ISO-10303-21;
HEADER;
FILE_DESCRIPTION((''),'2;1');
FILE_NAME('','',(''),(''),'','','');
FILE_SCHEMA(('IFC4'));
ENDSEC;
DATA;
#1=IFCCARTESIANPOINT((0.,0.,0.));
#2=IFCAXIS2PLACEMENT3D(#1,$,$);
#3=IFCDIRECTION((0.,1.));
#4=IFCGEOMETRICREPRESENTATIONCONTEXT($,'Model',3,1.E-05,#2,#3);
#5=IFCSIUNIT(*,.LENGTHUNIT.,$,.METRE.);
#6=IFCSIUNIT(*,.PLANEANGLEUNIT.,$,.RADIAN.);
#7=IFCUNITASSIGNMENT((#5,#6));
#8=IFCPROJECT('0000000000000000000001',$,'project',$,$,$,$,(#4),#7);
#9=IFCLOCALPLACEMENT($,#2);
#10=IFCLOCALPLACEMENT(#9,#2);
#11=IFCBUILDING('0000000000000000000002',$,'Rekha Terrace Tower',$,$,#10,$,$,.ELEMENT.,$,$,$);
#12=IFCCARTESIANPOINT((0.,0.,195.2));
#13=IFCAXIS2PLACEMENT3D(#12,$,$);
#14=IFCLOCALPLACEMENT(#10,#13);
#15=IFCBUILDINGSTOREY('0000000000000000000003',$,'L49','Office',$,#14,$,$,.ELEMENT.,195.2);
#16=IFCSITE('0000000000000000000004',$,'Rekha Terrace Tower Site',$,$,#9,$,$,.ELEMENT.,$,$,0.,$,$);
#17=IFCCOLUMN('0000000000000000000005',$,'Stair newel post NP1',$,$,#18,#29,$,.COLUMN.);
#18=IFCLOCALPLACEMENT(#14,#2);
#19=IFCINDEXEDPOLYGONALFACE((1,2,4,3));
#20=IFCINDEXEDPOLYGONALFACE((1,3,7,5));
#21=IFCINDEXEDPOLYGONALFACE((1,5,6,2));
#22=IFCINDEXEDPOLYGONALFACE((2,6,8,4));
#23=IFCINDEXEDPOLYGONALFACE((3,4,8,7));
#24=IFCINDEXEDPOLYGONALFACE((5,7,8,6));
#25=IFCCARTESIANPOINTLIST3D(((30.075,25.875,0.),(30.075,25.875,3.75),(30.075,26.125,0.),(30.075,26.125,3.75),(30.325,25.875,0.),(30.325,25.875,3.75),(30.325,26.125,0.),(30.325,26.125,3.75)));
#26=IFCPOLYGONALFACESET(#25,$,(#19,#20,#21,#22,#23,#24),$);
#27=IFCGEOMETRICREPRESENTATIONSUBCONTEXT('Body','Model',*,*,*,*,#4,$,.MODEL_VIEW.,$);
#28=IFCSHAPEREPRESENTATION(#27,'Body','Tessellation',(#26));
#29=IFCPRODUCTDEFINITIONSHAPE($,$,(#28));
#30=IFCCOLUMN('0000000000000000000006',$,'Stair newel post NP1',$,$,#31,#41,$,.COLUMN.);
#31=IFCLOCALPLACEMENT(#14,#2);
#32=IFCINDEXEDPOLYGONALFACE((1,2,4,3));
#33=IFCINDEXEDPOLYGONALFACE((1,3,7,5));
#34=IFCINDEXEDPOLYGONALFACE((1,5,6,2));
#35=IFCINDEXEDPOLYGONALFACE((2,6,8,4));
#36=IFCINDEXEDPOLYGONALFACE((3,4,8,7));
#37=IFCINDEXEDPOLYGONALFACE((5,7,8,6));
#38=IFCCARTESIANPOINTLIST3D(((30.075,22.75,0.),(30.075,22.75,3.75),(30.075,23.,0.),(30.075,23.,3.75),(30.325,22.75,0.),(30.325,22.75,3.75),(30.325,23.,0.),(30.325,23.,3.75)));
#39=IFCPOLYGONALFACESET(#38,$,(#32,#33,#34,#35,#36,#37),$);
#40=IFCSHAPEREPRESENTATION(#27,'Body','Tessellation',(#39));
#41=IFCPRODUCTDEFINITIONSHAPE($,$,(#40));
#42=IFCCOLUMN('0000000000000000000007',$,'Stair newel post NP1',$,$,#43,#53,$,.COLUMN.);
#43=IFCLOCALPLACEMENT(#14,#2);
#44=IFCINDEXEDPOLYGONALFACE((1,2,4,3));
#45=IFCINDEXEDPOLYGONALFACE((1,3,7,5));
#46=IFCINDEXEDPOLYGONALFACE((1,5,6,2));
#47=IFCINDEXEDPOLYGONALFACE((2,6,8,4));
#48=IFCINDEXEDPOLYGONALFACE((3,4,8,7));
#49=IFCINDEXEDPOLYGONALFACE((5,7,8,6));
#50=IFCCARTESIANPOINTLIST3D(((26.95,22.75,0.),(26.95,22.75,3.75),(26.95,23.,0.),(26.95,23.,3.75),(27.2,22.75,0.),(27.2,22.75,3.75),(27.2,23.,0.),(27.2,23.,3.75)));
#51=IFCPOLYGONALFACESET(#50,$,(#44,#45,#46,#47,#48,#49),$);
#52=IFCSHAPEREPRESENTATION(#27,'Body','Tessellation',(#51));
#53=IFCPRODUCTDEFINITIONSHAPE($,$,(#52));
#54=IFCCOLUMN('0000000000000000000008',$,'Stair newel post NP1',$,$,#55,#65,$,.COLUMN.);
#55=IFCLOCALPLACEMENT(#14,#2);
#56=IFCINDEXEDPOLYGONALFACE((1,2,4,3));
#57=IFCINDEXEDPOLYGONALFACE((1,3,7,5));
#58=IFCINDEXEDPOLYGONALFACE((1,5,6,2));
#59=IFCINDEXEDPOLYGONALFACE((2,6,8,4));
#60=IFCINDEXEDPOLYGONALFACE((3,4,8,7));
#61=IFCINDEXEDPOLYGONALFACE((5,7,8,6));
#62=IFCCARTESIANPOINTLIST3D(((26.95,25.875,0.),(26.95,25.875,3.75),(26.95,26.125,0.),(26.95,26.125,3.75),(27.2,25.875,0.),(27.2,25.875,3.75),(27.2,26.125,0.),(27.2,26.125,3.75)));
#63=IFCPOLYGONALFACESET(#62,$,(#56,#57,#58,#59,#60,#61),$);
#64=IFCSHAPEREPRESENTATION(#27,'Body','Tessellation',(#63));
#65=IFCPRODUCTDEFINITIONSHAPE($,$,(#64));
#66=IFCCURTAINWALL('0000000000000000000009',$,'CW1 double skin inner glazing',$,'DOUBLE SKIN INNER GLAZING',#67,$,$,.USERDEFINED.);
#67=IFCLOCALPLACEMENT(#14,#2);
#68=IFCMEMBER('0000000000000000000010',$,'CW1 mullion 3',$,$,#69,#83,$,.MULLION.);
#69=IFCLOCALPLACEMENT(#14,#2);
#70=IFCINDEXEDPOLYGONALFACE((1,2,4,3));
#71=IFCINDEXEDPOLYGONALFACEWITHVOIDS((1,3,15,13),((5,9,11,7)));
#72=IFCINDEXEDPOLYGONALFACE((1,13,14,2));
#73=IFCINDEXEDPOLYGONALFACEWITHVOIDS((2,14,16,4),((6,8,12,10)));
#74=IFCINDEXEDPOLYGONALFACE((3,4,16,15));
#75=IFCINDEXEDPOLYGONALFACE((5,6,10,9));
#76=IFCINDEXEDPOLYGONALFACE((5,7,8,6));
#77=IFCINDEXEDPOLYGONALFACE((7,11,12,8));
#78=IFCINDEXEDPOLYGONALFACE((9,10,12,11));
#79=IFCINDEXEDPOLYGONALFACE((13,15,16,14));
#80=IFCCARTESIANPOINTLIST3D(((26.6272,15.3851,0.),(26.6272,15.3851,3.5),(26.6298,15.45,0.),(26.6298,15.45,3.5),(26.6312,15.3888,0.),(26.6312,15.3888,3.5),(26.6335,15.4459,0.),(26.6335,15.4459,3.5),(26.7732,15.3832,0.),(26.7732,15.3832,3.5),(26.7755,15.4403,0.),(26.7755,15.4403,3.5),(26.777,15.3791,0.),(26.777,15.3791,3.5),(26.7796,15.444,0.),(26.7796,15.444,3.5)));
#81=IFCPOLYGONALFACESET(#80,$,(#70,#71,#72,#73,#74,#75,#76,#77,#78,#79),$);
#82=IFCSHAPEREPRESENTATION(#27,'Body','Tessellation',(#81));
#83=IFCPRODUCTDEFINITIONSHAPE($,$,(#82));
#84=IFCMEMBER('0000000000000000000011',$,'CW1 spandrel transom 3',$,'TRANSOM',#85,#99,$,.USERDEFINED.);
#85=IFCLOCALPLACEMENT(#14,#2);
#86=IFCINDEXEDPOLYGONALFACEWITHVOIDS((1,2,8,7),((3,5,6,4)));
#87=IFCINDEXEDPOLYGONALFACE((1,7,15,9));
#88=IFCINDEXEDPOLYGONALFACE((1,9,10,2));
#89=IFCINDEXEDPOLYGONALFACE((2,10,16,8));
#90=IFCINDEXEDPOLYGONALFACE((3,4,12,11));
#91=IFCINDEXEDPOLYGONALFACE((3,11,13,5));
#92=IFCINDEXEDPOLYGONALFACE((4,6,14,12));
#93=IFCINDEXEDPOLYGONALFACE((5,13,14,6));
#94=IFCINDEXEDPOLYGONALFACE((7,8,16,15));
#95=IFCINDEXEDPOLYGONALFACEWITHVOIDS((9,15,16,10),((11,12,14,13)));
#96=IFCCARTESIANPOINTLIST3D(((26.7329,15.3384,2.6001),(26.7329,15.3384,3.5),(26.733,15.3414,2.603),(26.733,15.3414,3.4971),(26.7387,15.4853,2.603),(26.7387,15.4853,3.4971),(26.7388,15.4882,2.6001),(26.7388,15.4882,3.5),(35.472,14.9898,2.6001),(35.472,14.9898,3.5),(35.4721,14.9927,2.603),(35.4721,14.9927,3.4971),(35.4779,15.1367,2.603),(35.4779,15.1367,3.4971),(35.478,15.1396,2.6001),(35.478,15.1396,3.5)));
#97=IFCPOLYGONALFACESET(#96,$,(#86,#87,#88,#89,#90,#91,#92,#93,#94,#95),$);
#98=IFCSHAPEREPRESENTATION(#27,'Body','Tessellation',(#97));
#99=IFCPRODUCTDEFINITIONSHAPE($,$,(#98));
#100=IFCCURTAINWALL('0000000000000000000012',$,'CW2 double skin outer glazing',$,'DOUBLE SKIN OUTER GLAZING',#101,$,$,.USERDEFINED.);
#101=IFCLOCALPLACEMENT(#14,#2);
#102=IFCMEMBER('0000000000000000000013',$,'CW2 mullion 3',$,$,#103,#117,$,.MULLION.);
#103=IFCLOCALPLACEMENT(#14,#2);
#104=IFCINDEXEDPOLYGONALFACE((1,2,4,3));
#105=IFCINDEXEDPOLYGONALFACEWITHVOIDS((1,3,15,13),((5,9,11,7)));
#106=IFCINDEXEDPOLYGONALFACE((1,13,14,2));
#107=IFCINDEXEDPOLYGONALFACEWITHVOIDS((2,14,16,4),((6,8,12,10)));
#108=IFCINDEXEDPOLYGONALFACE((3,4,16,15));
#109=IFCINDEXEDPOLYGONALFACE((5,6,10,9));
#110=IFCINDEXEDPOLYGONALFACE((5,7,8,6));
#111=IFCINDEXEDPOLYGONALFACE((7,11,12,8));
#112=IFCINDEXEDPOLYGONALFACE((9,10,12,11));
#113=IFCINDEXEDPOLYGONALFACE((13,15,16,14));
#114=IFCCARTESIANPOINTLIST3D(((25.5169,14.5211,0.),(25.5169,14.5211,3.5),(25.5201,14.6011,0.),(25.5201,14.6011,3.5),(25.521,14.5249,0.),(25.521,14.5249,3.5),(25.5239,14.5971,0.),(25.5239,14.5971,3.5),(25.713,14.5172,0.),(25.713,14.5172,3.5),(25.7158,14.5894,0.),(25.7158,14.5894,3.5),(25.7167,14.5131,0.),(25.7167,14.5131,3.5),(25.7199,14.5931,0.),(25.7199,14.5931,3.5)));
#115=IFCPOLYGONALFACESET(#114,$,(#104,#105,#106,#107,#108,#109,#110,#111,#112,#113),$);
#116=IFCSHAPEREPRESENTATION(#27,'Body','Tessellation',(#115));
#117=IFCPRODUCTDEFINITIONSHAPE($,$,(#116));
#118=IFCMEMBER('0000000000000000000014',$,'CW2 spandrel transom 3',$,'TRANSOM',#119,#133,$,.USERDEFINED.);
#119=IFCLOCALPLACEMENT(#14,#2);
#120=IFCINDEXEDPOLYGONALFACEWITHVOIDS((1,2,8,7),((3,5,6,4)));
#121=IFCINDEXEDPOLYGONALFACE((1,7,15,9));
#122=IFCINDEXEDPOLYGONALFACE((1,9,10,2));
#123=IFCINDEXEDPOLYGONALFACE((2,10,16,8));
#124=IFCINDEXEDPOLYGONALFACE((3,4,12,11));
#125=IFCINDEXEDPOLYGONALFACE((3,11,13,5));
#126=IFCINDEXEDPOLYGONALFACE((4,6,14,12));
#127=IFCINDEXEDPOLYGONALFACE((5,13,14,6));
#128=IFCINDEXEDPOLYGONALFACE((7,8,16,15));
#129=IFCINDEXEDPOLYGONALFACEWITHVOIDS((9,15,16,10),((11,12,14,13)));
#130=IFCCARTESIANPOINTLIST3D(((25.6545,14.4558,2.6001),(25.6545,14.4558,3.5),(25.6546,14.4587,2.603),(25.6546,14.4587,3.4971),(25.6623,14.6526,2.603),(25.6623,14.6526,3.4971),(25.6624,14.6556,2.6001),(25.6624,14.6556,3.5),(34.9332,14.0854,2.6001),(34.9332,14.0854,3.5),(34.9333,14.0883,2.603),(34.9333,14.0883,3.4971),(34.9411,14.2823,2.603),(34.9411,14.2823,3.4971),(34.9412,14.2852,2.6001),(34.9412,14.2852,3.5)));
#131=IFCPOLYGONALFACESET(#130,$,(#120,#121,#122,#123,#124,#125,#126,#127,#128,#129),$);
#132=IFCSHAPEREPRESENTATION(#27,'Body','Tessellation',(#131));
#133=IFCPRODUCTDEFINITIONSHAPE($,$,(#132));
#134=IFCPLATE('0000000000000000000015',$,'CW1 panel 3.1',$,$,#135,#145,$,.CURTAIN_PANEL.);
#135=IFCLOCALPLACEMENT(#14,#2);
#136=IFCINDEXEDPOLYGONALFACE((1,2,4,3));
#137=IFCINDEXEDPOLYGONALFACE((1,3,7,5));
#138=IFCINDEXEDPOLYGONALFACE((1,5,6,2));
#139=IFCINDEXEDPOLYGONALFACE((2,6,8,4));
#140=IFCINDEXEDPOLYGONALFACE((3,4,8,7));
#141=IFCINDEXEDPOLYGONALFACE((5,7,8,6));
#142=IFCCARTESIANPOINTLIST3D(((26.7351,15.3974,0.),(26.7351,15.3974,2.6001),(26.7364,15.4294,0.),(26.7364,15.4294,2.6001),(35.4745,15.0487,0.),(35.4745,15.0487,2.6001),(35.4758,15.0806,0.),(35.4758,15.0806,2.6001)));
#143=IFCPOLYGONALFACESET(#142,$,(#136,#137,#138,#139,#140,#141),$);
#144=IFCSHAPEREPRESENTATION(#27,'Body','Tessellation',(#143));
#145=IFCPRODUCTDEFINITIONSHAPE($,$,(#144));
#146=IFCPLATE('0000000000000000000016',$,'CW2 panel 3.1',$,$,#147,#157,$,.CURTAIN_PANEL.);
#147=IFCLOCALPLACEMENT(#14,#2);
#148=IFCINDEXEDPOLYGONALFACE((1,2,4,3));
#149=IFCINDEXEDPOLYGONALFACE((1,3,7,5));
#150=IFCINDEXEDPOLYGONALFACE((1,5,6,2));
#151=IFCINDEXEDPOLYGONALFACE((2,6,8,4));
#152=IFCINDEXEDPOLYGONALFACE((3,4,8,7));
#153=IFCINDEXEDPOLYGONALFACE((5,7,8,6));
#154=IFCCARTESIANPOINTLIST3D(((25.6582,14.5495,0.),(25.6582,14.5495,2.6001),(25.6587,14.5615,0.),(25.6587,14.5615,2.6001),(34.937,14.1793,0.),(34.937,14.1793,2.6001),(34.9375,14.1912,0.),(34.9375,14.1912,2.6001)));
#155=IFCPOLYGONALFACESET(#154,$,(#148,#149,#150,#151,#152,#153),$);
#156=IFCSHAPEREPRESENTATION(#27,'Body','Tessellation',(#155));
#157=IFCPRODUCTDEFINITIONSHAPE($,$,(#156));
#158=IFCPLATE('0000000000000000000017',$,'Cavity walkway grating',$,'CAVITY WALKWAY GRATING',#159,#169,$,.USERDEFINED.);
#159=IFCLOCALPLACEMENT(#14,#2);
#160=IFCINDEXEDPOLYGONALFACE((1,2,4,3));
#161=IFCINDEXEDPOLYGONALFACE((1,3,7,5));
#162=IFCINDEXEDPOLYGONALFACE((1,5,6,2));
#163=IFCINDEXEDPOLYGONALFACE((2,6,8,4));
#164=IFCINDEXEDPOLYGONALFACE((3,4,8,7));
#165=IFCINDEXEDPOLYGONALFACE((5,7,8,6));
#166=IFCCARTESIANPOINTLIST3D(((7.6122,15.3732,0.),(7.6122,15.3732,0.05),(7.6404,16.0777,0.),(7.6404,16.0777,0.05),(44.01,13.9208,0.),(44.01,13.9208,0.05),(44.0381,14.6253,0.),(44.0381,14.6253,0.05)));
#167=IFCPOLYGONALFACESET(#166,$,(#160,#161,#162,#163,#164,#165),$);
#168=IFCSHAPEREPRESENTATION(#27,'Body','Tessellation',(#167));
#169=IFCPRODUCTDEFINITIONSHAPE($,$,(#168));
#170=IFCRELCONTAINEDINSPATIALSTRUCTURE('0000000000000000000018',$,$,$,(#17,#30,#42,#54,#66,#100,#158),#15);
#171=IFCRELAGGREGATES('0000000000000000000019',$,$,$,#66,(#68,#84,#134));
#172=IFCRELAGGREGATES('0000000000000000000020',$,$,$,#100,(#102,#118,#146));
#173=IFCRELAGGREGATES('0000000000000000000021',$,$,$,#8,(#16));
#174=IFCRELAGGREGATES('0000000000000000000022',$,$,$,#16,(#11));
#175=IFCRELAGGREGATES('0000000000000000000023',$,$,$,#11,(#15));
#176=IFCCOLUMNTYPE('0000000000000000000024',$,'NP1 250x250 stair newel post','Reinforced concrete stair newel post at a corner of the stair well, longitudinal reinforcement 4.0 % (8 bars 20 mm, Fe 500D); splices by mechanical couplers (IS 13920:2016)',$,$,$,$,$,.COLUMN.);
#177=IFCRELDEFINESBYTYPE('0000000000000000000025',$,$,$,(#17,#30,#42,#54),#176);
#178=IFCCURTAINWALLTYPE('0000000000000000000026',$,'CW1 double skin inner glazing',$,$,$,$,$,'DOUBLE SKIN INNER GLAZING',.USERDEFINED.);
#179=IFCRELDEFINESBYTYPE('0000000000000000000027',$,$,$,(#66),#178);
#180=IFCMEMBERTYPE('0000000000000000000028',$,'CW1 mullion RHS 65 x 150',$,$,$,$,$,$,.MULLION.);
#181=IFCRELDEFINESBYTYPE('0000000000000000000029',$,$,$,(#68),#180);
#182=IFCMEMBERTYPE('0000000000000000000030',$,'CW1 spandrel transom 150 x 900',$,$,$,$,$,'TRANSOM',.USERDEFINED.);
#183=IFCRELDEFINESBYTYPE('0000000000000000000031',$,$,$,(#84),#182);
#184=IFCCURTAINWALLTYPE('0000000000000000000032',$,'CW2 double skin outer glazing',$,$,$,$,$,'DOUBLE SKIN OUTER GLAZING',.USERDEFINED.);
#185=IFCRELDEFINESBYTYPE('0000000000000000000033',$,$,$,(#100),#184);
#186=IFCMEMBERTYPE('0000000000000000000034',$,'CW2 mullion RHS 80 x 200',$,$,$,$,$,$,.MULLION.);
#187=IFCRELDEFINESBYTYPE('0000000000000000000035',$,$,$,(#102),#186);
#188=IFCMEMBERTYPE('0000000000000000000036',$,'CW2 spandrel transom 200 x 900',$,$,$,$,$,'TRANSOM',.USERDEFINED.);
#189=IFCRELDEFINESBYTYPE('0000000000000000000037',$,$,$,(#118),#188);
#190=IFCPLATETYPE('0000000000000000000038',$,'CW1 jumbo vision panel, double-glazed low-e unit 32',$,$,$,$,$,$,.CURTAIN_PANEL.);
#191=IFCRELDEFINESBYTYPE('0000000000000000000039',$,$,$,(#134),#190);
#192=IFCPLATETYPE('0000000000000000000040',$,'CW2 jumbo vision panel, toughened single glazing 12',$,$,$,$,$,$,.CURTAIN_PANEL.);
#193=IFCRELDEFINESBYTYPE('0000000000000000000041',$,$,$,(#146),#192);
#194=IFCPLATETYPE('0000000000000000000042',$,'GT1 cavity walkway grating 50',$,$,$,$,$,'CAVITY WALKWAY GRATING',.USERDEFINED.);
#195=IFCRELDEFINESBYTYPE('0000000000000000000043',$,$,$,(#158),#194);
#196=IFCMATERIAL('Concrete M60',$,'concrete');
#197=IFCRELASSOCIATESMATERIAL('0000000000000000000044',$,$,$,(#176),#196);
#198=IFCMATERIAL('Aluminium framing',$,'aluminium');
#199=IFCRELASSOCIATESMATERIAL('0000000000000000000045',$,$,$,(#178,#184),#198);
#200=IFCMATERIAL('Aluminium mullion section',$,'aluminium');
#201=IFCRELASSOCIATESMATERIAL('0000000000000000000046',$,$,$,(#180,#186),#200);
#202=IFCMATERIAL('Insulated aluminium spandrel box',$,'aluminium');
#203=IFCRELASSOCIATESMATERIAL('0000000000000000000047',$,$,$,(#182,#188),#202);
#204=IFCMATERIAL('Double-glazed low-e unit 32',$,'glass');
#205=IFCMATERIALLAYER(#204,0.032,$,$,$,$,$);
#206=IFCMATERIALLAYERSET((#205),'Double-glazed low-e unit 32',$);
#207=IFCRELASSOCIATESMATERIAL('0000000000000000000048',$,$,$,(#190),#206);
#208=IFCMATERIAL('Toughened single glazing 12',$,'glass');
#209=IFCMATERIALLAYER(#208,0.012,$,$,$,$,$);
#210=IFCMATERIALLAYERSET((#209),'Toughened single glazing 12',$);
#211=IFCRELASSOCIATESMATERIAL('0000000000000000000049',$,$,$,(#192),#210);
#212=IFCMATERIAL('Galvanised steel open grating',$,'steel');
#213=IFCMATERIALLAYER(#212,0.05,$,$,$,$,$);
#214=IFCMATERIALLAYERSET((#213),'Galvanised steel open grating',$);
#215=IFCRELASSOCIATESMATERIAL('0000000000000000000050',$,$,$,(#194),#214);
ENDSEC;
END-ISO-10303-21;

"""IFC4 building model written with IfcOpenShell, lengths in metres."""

from ifc_helpers import new_model, si_unit, direction, frame, origin, origin_2d, place, context, subcontext, project, spatial, rectangle, hollow_rectangle, extrude, material, layer, layer_set, material_profile, profile_set, type_object, element, aggregate, save


model = new_model("IFC4")

# Units and contexts
model_context = context("Model", 3, precision=1e-05, world=origin(), true_north=direction((0.0, 1.0)))
body_context = subcontext(model_context, "Body", "Model", "MODEL_VIEW")
ifc_project = project(units=[si_unit("LENGTHUNIT", "METRE"), si_unit("PLANEANGLEUNIT", "RADIAN")], contexts=[model_context])

# Site, building, storey
site_placement = place(None, origin())
site = spatial("IfcSite", under=ifc_project, at=site_placement, Name="Rekha Terrace Tower Site", CompositionType="ELEMENT", RefElevation=0.0)
building_placement = place(site_placement, origin())
building = spatial("IfcBuilding", under=site, at=building_placement, Name="Rekha Terrace Tower", CompositionType="ELEMENT")
storey_placement = place(building_placement, frame((0.0, 0.0, 195.2)))
storey = spatial("IfcBuildingStorey", under=building, at=storey_placement, Name="L49", Description="Office", CompositionType="ELEMENT", Elevation=195.2)

# Columns
ifc_material_1 = material(Name="Concrete M60", Category="concrete")
ifc_material_profile_1 = material_profile(ifc_material_1, rectangle(XDim=0.25, YDim=0.25, at=origin_2d()), Name="RC 250x250")
ifc_profile_set_1 = profile_set([ifc_material_profile_1], Name="Concrete M60")
column_type = type_object("IfcColumnType", Name="NP1 250x250 stair newel post", Description="Reinforced concrete stair newel post at a corner of the stair well, longitudinal reinforcement 4.0 % (8 bars 20 mm, Fe 500D); splices by mechanical couplers (IS 13920:2016)", PredefinedType="COLUMN", material=ifc_profile_set_1)
for number, where, z_axis, x_axis, name in (
    (1, (30.2, 26.0, 0.0), (0.0, 0.0, 1.0), (1.0, 0.0, 0.0), "Stair newel post NP1"),
    (2, (30.2, 22.875, 0.0), (0.0, 0.0, 1.0), (1.0, 0.0, 0.0), "Stair newel post NP1"),
    (3, (27.075, 22.875, 0.0), (0.0, 0.0, 1.0), (1.0, 0.0, 0.0), "Stair newel post NP1"),
    (4, (27.075, 26.0, 0.0), (0.0, 0.0, 1.0), (1.0, 0.0, 0.0), "Stair newel post NP1"),
):
    element("IfcColumn", number, at=place(storey_placement, frame(where, z_axis=z_axis, x_axis=x_axis)), inside=storey, type_object=column_type, Name=name, PredefinedType="COLUMN", context=body_context, shape_type="SweptSolid", body=[
        extrude(rectangle(XDim=0.25, YDim=0.25, at=origin_2d()), origin(), (0.0, 0.0, 1.0), 3.75),
    ])

# Curtain walls, members
ifc_material_2 = material(Name="Aluminium framing", Category="aluminium")
curtain_wall_type_1 = type_object("IfcCurtainWallType", Name="CW1 double skin inner glazing", ElementType="DOUBLE SKIN INNER GLAZING", PredefinedType="USERDEFINED", material=ifc_material_2)
curtain_wall_1_placement = place(storey_placement, origin())
curtain_wall_1 = element("IfcCurtainWall", 5, at=curtain_wall_1_placement, inside=storey, type_object=curtain_wall_type_1, Name="CW1 double skin inner glazing", ObjectType="DOUBLE SKIN INNER GLAZING", PredefinedType="USERDEFINED")
ifc_material_3 = material(Name="Aluminium mullion section", Category="aluminium")
ifc_material_profile_2 = material_profile(ifc_material_3, hollow_rectangle(XDim=0.0649, YDim=0.1499, WallThickness=0.0039, at=origin_2d()), Name="AL RHS 65x150")
ifc_profile_set_2 = profile_set([ifc_material_profile_2], Name="Aluminium mullion section")
member_type_1 = type_object("IfcMemberType", Name="CW1 mullion RHS 65 x 150", PredefinedType="MULLION", material=ifc_profile_set_2)
member_1_placement = place(storey_placement, frame((26.7034, 15.4146, 0.0), z_axis=(0.0, 0.0, 1.0), x_axis=(0.039872, 0.999205, 0.0)))
member_1 = element("IfcMember", 6, at=member_1_placement, type_object=member_type_1, Name="CW1 mullion 3", PredefinedType="MULLION", context=body_context, shape_type="SweptSolid", body=[
    extrude(hollow_rectangle(XDim=0.0649, YDim=0.1499, WallThickness=0.0039, at=origin_2d()), origin(), (0.0, 0.0, 1.0), 3.5),
])
ifc_material_4 = material(Name="Insulated aluminium spandrel box", Category="aluminium")
ifc_material_profile_3 = material_profile(ifc_material_4, hollow_rectangle(XDim=0.1499, YDim=0.8999, WallThickness=0.0029, at=origin_2d()), Name="AL SPANDREL BOX 150x900")
ifc_profile_set_3 = profile_set([ifc_material_profile_3], Name="Insulated aluminium spandrel box")
member_type_2 = type_object("IfcMemberType", Name="CW1 spandrel transom 150 x 900", ElementType="TRANSOM", PredefinedType="USERDEFINED", material=ifc_profile_set_3)
member_2_placement = place(storey_placement, frame((26.7358, 15.4133, 3.05), z_axis=(0.999205, -0.039861, 0.0), x_axis=(0.039861, 0.999205, 0.0)))
member_2 = element("IfcMember", 7, at=member_2_placement, type_object=member_type_2, Name="CW1 spandrel transom 3", ObjectType="TRANSOM", PredefinedType="USERDEFINED", context=body_context, shape_type="SweptSolid", body=[
    extrude(hollow_rectangle(XDim=0.1499, YDim=0.8999, WallThickness=0.0029, at=origin_2d()), origin(), (0.0, 0.0, 1.0), 8.7461),
])
curtain_wall_type_2 = type_object("IfcCurtainWallType", Name="CW2 double skin outer glazing", ElementType="DOUBLE SKIN OUTER GLAZING", PredefinedType="USERDEFINED", material=ifc_material_2)
curtain_wall_2_placement = place(storey_placement, origin())
curtain_wall_2 = element("IfcCurtainWall", 8, at=curtain_wall_2_placement, inside=storey, type_object=curtain_wall_type_2, Name="CW2 double skin outer glazing", ObjectType="DOUBLE SKIN OUTER GLAZING", PredefinedType="USERDEFINED")
ifc_material_profile_4 = material_profile(ifc_material_3, hollow_rectangle(XDim=0.0801, YDim=0.2, WallThickness=0.0039, at=origin_2d()), Name="AL RHS 80x200")
ifc_profile_set_4 = profile_set([ifc_material_profile_4], Name="Aluminium mullion section")
member_type_3 = type_object("IfcMemberType", Name="CW2 mullion RHS 80 x 200", PredefinedType="MULLION", material=ifc_profile_set_4)
member_3_placement = place(storey_placement, frame((25.6184, 14.5571, 0.0), z_axis=(0.0, 0.0, 1.0), x_axis=(0.039872, 0.999205, 0.0)))
member_3 = element("IfcMember", 9, at=member_3_placement, type_object=member_type_3, Name="CW2 mullion 3", PredefinedType="MULLION", context=body_context, shape_type="SweptSolid", body=[
    extrude(hollow_rectangle(XDim=0.0801, YDim=0.2, WallThickness=0.0039, at=origin_2d()), origin(), (0.0, 0.0, 1.0), 3.5),
])
ifc_material_profile_5 = material_profile(ifc_material_4, hollow_rectangle(XDim=0.2, YDim=0.8999, WallThickness=0.0029, at=origin_2d()), Name="AL SPANDREL BOX 200x900")
ifc_profile_set_5 = profile_set([ifc_material_profile_5], Name="Insulated aluminium spandrel box")
member_type_4 = type_object("IfcMemberType", Name="CW2 spandrel transom 200 x 900", ElementType="TRANSOM", PredefinedType="USERDEFINED", material=ifc_profile_set_5)
member_4_placement = place(storey_placement, frame((25.6584, 14.5557, 3.05), z_axis=(0.999204, -0.039883, 0.0), x_axis=(0.039883, 0.999204, 0.0)))
member_4 = element("IfcMember", 10, at=member_4_placement, type_object=member_type_4, Name="CW2 spandrel transom 3", ObjectType="TRANSOM", PredefinedType="USERDEFINED", context=body_context, shape_type="SweptSolid", body=[
    extrude(hollow_rectangle(XDim=0.2, YDim=0.8999, WallThickness=0.0029, at=origin_2d()), origin(), (0.0, 0.0, 1.0), 9.2861),
])

# Plates
ifc_material_5 = material(Name="Double-glazed low-e unit 32", Category="glass")
ifc_layer_1 = layer(ifc_material_5, 0.032)
ifc_layer_set_1 = layer_set([ifc_layer_1], Name="Double-glazed low-e unit 32")
plate_type_1 = type_object("IfcPlateType", Name="CW1 jumbo vision panel, double-glazed low-e unit 32", PredefinedType="CURTAIN_PANEL", material=ifc_layer_set_1)
plate_1_placement = place(storey_placement, frame((31.1055, 15.239, 0.0), z_axis=(0.0, 0.0, 1.0), x_axis=(0.999205, -0.039872, 0.0)))
plate_1 = element("IfcPlate", 11, at=plate_1_placement, type_object=plate_type_1, Name="CW1 panel 3.1", PredefinedType="CURTAIN_PANEL", context=body_context, shape_type="SweptSolid", body=[
    extrude(rectangle(XDim=8.7463, YDim=0.032, at=origin_2d()), origin(), (0.0, 0.0, 1.0), 2.6001),
])
aggregate(curtain_wall_1, [member_1, member_2, plate_1])
ifc_material_6 = material(Name="Toughened single glazing 12", Category="glass")
ifc_layer_2 = layer(ifc_material_6, 0.012)
ifc_layer_set_2 = layer_set([ifc_layer_2], Name="Toughened single glazing 12")
plate_type_2 = type_object("IfcPlateType", Name="CW2 jumbo vision panel, toughened single glazing 12", PredefinedType="CURTAIN_PANEL", material=ifc_layer_set_2)
plate_2_placement = place(storey_placement, frame((30.2979, 14.3704, 0.0), z_axis=(0.0, 0.0, 1.0), x_axis=(0.999205, -0.039872, 0.0)))
plate_2 = element("IfcPlate", 12, at=plate_2_placement, type_object=plate_type_2, Name="CW2 panel 3.1", PredefinedType="CURTAIN_PANEL", context=body_context, shape_type="SweptSolid", body=[
    extrude(rectangle(XDim=9.2861, YDim=0.012, at=origin_2d()), origin(), (0.0, 0.0, 1.0), 2.6001),
])
aggregate(curtain_wall_2, [member_3, member_4, plate_2])
ifc_material_7 = material(Name="Galvanised steel open grating", Category="steel")
ifc_layer_3 = layer(ifc_material_7, 0.05)
ifc_layer_set_3 = layer_set([ifc_layer_3], Name="Galvanised steel open grating")
plate_type_3 = type_object("IfcPlateType", Name="GT1 cavity walkway grating 50", ElementType="CAVITY WALKWAY GRATING", PredefinedType="USERDEFINED", material=ifc_layer_set_3)
plate_3_placement = place(storey_placement, frame((25.8252, 14.9993, 0.0), z_axis=(0.0, 0.0, 1.0), x_axis=(0.999205, -0.039872, 0.0)))
element("IfcPlate", 13, at=plate_3_placement, inside=storey, type_object=plate_type_3, Name="Cavity walkway grating", ObjectType="CAVITY WALKWAY GRATING", PredefinedType="USERDEFINED", context=body_context, shape_type="SweptSolid", body=[
    extrude(rectangle(XDim=36.4268, YDim=0.7051, at=origin_2d()), origin(), (0.0, 0.0, 1.0), 0.05),
])

save(model, "model.ifc")
